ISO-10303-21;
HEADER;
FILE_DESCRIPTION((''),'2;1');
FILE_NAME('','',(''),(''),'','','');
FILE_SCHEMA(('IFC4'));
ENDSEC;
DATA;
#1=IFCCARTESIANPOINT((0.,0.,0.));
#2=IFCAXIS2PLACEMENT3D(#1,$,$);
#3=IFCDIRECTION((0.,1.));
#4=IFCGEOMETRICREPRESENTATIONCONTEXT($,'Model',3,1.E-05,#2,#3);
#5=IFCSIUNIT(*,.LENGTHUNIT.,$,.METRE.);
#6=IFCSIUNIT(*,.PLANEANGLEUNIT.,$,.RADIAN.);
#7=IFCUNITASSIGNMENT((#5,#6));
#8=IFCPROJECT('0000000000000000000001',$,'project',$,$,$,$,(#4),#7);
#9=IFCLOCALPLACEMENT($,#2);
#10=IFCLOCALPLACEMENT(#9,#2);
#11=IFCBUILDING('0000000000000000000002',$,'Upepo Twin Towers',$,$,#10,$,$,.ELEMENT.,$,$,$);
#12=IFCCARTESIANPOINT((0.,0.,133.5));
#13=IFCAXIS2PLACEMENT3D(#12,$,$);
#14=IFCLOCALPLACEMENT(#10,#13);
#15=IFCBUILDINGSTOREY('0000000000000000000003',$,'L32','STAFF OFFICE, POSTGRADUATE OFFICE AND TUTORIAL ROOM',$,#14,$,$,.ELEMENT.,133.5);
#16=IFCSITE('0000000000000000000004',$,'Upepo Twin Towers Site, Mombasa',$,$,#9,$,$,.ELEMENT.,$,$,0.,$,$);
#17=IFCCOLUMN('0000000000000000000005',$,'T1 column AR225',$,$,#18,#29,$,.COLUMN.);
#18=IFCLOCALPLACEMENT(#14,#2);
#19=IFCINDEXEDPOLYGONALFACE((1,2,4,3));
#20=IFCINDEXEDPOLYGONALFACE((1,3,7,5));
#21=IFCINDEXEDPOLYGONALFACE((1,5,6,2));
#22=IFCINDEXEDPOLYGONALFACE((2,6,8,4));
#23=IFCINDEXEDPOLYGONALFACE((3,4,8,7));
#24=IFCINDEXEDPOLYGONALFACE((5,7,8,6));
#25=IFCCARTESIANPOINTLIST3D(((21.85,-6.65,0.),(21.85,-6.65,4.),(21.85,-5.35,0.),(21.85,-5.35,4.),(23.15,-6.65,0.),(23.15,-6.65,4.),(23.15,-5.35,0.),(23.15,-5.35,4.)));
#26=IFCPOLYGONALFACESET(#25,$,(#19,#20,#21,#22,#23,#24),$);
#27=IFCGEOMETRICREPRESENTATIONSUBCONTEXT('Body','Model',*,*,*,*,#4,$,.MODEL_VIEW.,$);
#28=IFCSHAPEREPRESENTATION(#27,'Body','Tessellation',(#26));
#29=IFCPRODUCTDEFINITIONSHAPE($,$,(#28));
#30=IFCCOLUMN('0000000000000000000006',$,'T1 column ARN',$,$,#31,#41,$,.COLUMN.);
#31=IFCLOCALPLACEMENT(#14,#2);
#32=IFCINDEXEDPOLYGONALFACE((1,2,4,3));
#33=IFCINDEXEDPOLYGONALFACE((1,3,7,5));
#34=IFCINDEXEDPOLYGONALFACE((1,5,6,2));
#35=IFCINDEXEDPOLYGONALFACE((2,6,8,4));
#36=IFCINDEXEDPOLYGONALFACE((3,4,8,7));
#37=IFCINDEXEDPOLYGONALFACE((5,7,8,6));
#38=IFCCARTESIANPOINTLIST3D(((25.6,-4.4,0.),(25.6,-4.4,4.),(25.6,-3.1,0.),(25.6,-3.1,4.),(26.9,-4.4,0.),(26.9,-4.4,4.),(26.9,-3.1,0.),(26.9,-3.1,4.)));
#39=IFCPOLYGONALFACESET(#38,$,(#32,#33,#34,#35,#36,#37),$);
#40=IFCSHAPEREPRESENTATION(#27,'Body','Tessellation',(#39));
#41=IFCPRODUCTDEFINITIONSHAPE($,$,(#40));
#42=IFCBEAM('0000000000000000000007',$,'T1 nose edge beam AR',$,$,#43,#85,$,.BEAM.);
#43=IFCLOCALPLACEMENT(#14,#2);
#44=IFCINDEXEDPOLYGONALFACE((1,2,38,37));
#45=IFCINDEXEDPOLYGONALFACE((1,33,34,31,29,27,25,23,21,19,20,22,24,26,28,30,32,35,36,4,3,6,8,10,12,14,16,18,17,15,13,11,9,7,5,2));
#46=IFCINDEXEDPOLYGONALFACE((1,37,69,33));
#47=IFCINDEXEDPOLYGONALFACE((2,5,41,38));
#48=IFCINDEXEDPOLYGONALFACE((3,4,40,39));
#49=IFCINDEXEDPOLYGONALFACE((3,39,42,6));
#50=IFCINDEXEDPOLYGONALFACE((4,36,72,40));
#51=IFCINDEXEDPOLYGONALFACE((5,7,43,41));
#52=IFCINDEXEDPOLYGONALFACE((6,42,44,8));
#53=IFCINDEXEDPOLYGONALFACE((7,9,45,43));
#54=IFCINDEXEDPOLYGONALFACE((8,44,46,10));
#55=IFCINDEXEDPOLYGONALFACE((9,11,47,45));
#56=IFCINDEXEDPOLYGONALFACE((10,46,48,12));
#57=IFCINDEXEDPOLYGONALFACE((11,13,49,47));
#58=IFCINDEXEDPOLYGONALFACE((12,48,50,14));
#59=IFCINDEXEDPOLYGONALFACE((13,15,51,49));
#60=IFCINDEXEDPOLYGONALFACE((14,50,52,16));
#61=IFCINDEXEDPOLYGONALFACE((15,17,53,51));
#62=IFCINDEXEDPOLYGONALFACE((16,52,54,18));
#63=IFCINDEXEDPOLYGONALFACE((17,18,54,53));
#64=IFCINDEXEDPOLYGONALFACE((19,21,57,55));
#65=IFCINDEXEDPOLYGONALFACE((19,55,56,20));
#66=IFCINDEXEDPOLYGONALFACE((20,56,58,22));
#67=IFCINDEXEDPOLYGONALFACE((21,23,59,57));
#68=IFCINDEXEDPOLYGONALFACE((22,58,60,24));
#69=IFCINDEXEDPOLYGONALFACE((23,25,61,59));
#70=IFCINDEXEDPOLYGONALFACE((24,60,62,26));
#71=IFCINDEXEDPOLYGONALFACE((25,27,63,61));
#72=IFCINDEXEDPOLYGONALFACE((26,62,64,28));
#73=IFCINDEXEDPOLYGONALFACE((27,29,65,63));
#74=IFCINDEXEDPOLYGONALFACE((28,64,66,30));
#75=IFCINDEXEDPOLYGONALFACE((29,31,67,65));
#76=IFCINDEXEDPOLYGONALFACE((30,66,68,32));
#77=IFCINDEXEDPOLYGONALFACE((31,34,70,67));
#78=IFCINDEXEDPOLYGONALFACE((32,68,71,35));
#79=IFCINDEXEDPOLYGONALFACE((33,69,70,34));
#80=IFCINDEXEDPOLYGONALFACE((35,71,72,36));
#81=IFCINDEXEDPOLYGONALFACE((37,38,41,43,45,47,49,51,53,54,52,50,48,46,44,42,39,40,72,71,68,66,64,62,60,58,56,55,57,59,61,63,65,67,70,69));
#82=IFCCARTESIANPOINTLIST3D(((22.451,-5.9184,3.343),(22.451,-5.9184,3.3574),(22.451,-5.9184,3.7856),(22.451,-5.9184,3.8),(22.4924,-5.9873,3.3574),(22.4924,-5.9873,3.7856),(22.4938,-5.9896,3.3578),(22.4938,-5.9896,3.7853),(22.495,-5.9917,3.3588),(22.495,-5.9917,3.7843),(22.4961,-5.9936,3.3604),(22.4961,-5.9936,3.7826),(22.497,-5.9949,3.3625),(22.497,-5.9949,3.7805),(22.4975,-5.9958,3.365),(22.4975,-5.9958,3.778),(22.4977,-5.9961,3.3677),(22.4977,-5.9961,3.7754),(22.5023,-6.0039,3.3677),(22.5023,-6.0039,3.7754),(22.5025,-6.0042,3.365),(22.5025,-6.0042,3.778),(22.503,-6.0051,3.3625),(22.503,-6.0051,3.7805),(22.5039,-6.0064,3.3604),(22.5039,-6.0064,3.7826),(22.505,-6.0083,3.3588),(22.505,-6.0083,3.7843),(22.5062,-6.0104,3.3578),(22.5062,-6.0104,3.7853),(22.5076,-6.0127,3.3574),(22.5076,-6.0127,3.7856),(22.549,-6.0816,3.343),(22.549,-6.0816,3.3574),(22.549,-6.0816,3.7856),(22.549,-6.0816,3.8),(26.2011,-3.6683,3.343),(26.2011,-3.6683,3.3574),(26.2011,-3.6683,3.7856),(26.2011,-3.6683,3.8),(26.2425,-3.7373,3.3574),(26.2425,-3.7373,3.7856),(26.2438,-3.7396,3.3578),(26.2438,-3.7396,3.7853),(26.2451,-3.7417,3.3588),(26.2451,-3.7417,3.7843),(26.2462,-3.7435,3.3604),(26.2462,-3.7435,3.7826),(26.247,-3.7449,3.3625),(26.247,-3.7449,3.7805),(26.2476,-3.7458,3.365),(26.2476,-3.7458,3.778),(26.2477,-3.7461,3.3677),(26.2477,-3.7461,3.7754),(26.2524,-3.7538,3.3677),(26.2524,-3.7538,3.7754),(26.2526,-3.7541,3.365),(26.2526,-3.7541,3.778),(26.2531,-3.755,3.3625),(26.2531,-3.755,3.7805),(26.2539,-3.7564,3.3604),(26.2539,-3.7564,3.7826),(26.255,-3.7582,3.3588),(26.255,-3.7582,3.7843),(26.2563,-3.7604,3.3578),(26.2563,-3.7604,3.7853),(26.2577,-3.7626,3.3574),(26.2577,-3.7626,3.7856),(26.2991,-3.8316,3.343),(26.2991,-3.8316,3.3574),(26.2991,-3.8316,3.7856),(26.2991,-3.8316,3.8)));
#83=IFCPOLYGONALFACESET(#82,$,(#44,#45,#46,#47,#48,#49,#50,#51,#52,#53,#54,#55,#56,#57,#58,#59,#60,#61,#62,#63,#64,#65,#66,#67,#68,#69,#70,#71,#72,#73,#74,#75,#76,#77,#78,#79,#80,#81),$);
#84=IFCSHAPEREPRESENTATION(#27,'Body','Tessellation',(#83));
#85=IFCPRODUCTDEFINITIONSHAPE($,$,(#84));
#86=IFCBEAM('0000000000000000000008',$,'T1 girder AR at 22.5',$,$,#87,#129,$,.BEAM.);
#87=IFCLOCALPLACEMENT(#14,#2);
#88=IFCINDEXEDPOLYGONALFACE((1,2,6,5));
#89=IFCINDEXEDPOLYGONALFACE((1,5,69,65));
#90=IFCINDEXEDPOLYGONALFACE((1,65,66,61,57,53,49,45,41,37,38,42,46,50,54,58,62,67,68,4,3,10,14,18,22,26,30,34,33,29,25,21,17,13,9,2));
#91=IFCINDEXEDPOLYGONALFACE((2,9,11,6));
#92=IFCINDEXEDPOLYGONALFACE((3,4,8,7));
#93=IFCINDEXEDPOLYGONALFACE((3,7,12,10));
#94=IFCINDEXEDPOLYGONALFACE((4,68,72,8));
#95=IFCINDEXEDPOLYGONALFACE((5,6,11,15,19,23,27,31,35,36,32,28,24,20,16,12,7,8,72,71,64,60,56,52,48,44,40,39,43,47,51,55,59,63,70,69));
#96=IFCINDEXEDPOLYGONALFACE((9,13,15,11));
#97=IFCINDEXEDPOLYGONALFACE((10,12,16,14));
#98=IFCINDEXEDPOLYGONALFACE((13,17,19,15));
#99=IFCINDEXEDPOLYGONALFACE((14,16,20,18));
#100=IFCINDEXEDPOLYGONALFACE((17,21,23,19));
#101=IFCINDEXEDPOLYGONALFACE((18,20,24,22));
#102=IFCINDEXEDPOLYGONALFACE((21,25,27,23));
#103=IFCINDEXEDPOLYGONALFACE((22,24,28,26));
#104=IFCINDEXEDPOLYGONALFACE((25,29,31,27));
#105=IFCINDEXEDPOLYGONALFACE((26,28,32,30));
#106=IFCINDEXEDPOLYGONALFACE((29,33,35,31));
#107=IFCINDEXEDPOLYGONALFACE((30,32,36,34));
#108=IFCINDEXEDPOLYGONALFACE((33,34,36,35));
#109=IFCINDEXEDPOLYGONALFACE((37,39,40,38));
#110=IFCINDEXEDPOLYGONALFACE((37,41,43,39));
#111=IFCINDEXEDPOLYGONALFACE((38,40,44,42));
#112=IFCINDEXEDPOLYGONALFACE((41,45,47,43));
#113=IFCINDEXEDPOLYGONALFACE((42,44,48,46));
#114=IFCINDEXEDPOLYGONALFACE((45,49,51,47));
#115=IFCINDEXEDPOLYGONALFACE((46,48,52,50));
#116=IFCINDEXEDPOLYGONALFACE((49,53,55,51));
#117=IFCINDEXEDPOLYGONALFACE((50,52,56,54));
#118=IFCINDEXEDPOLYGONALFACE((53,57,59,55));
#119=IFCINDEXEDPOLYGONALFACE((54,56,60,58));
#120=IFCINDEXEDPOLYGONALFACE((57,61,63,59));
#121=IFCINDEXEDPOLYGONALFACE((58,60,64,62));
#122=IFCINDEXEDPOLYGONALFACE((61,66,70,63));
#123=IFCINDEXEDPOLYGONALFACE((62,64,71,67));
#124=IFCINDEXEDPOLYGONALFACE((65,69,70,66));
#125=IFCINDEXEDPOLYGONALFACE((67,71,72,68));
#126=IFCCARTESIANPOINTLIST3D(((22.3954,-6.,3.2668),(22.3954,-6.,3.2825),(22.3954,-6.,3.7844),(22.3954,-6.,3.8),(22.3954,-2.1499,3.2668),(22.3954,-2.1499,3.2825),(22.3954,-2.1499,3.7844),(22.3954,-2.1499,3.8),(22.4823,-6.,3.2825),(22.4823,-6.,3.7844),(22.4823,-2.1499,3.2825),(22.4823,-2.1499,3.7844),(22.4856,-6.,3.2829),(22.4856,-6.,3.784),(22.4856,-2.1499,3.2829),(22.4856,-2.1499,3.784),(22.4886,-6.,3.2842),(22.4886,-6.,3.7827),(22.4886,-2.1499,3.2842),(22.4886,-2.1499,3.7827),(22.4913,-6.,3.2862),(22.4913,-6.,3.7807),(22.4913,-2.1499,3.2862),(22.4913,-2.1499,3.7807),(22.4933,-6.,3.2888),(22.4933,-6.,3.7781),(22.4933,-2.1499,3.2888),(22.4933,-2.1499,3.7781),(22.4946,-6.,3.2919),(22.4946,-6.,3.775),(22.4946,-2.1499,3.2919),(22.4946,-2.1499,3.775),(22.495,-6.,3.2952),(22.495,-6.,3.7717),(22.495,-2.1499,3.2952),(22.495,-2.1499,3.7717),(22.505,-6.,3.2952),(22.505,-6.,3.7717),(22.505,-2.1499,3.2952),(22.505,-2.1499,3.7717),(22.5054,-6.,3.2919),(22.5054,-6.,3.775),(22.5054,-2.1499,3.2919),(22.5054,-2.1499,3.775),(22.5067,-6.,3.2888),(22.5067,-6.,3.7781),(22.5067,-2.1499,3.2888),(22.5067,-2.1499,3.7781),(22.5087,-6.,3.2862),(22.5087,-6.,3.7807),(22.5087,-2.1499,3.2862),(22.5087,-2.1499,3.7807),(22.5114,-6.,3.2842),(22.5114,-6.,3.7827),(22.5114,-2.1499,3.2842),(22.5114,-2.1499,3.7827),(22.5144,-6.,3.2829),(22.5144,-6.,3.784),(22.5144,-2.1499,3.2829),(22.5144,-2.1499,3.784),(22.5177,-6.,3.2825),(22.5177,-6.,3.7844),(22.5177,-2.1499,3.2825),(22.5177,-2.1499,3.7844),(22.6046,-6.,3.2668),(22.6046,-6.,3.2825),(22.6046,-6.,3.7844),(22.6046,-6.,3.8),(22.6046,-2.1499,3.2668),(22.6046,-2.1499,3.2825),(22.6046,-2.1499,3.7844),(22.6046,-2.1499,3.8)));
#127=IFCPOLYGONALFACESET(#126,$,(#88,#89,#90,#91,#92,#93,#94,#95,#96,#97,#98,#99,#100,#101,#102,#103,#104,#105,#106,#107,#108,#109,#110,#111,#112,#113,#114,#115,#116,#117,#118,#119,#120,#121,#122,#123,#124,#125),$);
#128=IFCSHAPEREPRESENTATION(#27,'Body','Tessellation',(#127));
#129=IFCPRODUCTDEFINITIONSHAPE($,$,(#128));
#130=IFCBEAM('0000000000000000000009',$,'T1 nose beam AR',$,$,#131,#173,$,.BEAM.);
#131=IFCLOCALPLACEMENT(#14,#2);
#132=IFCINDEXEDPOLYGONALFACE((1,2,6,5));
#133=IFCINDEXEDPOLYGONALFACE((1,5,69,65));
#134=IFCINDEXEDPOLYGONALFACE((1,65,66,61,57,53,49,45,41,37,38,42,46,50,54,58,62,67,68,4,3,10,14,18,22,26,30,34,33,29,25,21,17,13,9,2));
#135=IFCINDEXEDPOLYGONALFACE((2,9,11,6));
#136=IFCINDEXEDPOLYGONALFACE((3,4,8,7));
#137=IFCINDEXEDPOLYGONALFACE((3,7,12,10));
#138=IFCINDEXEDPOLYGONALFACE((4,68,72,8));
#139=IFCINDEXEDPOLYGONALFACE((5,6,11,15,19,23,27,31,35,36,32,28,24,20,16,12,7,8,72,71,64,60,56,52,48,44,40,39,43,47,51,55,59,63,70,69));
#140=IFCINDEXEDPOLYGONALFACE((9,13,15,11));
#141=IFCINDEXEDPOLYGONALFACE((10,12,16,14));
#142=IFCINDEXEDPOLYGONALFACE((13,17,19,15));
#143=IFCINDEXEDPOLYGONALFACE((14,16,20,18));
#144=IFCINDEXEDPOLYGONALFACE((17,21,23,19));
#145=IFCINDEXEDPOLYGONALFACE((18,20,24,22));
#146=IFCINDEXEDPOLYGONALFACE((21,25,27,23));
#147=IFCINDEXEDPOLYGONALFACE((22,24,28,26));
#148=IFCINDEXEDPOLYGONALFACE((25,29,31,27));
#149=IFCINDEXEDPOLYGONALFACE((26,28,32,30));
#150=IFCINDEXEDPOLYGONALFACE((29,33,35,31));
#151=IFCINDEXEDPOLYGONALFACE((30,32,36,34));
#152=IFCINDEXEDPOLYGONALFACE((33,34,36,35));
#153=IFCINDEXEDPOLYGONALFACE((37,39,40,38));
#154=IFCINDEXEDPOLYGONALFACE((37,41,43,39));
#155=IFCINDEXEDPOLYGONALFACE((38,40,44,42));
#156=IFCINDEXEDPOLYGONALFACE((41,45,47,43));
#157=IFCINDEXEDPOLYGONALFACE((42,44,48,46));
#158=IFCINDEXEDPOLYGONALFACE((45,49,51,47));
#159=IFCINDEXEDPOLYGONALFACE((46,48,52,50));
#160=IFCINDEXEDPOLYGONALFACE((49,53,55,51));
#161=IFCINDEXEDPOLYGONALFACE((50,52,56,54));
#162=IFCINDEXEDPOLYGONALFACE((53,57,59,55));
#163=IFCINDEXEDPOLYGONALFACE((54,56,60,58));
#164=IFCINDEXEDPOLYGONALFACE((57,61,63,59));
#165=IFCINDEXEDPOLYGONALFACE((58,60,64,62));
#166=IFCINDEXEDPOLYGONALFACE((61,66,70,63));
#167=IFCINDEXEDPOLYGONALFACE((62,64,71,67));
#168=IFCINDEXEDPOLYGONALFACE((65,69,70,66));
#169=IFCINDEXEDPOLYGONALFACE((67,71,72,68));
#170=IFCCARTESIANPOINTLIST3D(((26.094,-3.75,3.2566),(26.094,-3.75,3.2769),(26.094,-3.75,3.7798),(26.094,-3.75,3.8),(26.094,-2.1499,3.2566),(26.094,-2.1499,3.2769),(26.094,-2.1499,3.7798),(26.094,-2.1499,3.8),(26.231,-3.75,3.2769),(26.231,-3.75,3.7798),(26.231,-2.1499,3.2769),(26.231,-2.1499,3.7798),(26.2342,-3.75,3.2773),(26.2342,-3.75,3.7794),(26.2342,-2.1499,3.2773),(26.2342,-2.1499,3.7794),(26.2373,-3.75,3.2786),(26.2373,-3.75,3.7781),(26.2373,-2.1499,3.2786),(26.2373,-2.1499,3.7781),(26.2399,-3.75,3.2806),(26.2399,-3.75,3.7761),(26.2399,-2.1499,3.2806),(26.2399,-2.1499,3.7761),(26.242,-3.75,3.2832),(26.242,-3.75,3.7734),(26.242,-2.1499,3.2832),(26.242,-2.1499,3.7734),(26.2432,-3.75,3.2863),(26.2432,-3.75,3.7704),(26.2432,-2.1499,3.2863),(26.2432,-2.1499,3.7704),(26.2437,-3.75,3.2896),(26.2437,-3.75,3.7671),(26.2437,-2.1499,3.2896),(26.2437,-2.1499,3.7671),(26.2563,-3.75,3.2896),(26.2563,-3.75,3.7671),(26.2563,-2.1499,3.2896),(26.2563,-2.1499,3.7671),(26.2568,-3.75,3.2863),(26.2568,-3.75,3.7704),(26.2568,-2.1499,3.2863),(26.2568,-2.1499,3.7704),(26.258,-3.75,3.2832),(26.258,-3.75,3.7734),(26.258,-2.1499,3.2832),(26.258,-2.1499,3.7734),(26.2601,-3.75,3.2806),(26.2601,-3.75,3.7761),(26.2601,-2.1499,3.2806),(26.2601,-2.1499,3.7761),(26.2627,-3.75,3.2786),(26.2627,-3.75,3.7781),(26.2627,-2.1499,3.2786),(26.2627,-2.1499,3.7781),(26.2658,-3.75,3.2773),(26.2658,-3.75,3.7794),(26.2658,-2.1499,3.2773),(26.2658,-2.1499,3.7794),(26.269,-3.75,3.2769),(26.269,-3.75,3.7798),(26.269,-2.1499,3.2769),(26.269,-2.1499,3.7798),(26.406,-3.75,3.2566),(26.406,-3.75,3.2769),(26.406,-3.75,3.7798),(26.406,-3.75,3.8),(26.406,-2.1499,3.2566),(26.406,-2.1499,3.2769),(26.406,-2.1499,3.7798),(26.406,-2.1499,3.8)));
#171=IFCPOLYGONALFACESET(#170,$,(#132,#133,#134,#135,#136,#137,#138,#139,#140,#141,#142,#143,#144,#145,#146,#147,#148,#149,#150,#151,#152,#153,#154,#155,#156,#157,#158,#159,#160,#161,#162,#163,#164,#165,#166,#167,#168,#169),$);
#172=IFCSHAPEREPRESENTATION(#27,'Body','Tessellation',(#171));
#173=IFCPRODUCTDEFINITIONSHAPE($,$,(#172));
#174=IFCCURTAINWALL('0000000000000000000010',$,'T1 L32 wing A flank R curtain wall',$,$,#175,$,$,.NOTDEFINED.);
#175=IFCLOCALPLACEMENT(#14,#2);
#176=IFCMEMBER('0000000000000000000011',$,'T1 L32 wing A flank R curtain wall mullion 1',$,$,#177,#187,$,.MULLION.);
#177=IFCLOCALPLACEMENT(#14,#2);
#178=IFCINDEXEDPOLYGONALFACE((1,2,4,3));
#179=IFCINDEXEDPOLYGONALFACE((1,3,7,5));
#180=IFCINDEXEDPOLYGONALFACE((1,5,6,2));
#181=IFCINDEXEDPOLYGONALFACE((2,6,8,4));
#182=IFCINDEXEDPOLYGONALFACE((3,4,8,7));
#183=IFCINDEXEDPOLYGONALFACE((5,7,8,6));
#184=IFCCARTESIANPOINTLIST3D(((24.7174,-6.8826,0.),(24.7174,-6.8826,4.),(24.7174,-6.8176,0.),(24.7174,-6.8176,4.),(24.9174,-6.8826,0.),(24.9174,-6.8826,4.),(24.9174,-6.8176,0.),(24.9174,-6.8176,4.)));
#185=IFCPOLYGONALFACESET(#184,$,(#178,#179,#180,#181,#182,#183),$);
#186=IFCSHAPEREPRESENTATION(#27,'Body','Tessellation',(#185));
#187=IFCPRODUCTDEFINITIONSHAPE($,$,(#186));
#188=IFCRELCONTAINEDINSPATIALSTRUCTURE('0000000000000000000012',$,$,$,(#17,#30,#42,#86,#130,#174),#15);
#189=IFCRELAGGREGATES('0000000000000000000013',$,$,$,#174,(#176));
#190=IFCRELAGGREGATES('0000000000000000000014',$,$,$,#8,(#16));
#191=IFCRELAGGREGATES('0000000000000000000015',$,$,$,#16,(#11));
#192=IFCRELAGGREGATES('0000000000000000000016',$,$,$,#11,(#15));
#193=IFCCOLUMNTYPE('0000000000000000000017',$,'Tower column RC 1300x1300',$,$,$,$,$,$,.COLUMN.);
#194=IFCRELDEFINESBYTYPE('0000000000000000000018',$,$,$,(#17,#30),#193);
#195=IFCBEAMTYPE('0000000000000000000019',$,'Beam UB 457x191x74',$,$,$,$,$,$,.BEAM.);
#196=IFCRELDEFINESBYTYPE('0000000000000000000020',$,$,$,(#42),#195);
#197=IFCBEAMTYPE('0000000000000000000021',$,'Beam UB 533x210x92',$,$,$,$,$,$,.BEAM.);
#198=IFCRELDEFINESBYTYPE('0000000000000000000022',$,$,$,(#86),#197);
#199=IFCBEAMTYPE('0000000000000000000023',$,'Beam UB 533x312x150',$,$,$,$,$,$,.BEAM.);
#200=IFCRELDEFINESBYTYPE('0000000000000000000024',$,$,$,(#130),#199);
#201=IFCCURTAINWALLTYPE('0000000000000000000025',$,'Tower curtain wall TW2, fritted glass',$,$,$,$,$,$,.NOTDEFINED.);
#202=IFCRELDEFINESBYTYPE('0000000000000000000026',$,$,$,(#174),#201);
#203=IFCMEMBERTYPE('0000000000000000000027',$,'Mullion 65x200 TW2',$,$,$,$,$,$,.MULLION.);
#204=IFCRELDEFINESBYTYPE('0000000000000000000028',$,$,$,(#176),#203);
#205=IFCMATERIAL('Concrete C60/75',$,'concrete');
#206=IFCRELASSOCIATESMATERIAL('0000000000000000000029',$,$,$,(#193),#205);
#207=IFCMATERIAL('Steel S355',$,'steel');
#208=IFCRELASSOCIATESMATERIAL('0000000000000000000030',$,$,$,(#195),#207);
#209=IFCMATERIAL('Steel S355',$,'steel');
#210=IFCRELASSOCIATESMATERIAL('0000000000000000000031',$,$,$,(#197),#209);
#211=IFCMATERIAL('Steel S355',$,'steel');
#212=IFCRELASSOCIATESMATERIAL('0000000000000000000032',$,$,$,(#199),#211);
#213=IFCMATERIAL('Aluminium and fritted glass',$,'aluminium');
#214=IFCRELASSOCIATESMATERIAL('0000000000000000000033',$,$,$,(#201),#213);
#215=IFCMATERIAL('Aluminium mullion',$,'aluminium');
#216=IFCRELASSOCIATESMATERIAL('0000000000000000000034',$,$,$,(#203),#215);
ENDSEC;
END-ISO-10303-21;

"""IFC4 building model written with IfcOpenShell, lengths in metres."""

from ifc_helpers import new_model, si_unit, direction, frame, origin, origin_2d, place, context, subcontext, project, spatial, rectangle, i_section, extrude, material, material_profile, profile_set, type_object, element, aggregate, save


model = new_model("IFC4")

# Units and contexts
model_context = context("Model", 3, precision=1e-05, world=origin(), true_north=direction((0.0, 1.0)))
body_context = subcontext(model_context, "Body", "Model", "MODEL_VIEW")
ifc_project = project(units=[si_unit("LENGTHUNIT", "METRE"), si_unit("PLANEANGLEUNIT", "RADIAN")], contexts=[model_context])

# Site, building, storey
site_placement = place(None, origin())
site = spatial("IfcSite", under=ifc_project, at=site_placement, Name="Upepo Twin Towers Site, Mombasa", CompositionType="ELEMENT", RefElevation=0.0)
building_placement = place(site_placement, origin())
building = spatial("IfcBuilding", under=site, at=building_placement, Name="Upepo Twin Towers", CompositionType="ELEMENT")
storey_placement = place(building_placement, frame((0.0, 0.0, 133.5)))
storey = spatial("IfcBuildingStorey", under=building, at=storey_placement, Name="L32", Description="STAFF OFFICE, POSTGRADUATE OFFICE AND TUTORIAL ROOM", CompositionType="ELEMENT", Elevation=133.5)

# Columns
ifc_material_1 = material(Name="Concrete C60/75", Category="concrete")
ifc_material_profile_1 = material_profile(ifc_material_1, rectangle(XDim=1.3, YDim=1.3, at=origin_2d()), Name="RC 1300x1300")
ifc_profile_set_1 = profile_set([ifc_material_profile_1], Name="Concrete C60/75")
column_type = type_object("IfcColumnType", Name="Tower column RC 1300x1300", PredefinedType="COLUMN", material=ifc_profile_set_1)
for number, where, z_axis, x_axis, name in (
    (1, (22.5, -6.0, 0.0), (0.0, 0.0, 1.0), (1.0, 0.0, 0.0), "T1 column AR225"),
    (2, (26.25, -3.75, 0.0), (0.0, 0.0, 1.0), (1.0, 0.0, 0.0), "T1 column ARN"),
):
    element("IfcColumn", number, at=place(storey_placement, frame(where, z_axis=z_axis, x_axis=x_axis)), inside=storey, type_object=column_type, Name=name, PredefinedType="COLUMN", context=body_context, shape_type="SweptSolid", body=[
        extrude(rectangle(XDim=1.3, YDim=1.3, at=origin_2d()), origin(), (0.0, 0.0, 1.0), 4.0),
    ])

# Beams
ifc_material_2 = material(Name="Steel S355", Category="steel")
ifc_material_profile_2 = material_profile(ifc_material_2, i_section(OverallWidth=0.1904, OverallDepth=0.457, WebThickness=0.009, FlangeThickness=0.0144, FilletRadius=0.0103, at=origin_2d()), Name="UB 457x191x74")
ifc_profile_set_2 = profile_set([ifc_material_profile_2], Name="Steel S355")
beam_type_1 = type_object("IfcBeamType", Name="Beam UB 457x191x74", PredefinedType="BEAM", material=ifc_profile_set_2)
beam_1_placement = place(storey_placement, frame((22.5, -6.0, 3.5715), z_axis=(0.857493, 0.514496, 0.0), x_axis=(-0.514496, 0.857493, 0.0)))
element("IfcBeam", 3, at=beam_1_placement, inside=storey, type_object=beam_type_1, Name="T1 nose edge beam AR", PredefinedType="BEAM", context=body_context, shape_type="SweptSolid", body=[
    extrude(i_section(OverallWidth=0.1904, OverallDepth=0.457, WebThickness=0.009, FlangeThickness=0.0144, FilletRadius=0.0103, at=origin_2d()), origin(), (0.0, 0.0, 1.0), 4.3733),
])
ifc_material_3 = material(Name="Steel S355", Category="steel")
ifc_material_profile_3 = material_profile(ifc_material_3, i_section(OverallWidth=0.2092, OverallDepth=0.5332, WebThickness=0.01, FlangeThickness=0.0156, FilletRadius=0.0127, at=origin_2d()), Name="UB 533x210x92")
ifc_profile_set_3 = profile_set([ifc_material_profile_3], Name="Steel S355")
beam_type_2 = type_object("IfcBeamType", Name="Beam UB 533x210x92", PredefinedType="BEAM", material=ifc_profile_set_3)
beam_2_placement = place(storey_placement, frame((22.5, -6.0, 3.5334), z_axis=(0.0, 1.0, 0.0), x_axis=(-1.0, 0.0, 0.0)))
element("IfcBeam", 4, at=beam_2_placement, inside=storey, type_object=beam_type_2, Name="T1 girder AR at 22.5", PredefinedType="BEAM", context=body_context, shape_type="SweptSolid", body=[
    extrude(i_section(OverallWidth=0.2092, OverallDepth=0.5332, WebThickness=0.01, FlangeThickness=0.0156, FilletRadius=0.0127, at=origin_2d()), origin(), (0.0, 0.0, 1.0), 3.8501),
])
ifc_material_4 = material(Name="Steel S355", Category="steel")
ifc_material_profile_4 = material_profile(ifc_material_4, i_section(OverallWidth=0.312, OverallDepth=0.5435, WebThickness=0.0127, FlangeThickness=0.0203, FilletRadius=0.0127, at=origin_2d()), Name="UB 533x312x150")
ifc_profile_set_4 = profile_set([ifc_material_profile_4], Name="Steel S355")
beam_type_3 = type_object("IfcBeamType", Name="Beam UB 533x312x150", PredefinedType="BEAM", material=ifc_profile_set_4)
beam_3_placement = place(storey_placement, frame((26.25, -3.75, 3.5283), z_axis=(0.0, 1.0, 0.0), x_axis=(-1.0, 0.0, 0.0)))
element("IfcBeam", 5, at=beam_3_placement, inside=storey, type_object=beam_type_3, Name="T1 nose beam AR", PredefinedType="BEAM", context=body_context, shape_type="SweptSolid", body=[
    extrude(i_section(OverallWidth=0.312, OverallDepth=0.5435, WebThickness=0.0127, FlangeThickness=0.0203, FilletRadius=0.0127, at=origin_2d()), origin(), (0.0, 0.0, 1.0), 1.6001),
])

# Curtain wall, member
ifc_material_5 = material(Name="Aluminium and fritted glass", Category="aluminium")
curtain_wall_type = type_object("IfcCurtainWallType", Name="Tower curtain wall TW2, fritted glass", PredefinedType="NOTDEFINED", material=ifc_material_5)
curtain_wall_1_placement = place(storey_placement, origin())
curtain_wall_1 = element("IfcCurtainWall", 6, at=curtain_wall_1_placement, inside=storey, type_object=curtain_wall_type, Name="T1 L32 wing A flank R curtain wall", PredefinedType="NOTDEFINED")
ifc_material_6 = material(Name="Aluminium mullion", Category="aluminium")
ifc_material_profile_5 = material_profile(ifc_material_6, rectangle(XDim=0.0649, YDim=0.2, at=origin_2d()), Name="MULLION 65x200")
ifc_profile_set_5 = profile_set([ifc_material_profile_5], Name="Aluminium mullion")
member_type_1 = type_object("IfcMemberType", Name="Mullion 65x200 TW2", PredefinedType="MULLION", material=ifc_profile_set_5)
member_1_placement = place(storey_placement, frame((24.8174, -6.8501, 0.0), z_axis=(0.0, 0.0, 1.0), x_axis=(0.0, -1.0, 0.0)))
member_1 = element("IfcMember", 7, at=member_1_placement, type_object=member_type_1, Name="T1 L32 wing A flank R curtain wall mullion 1", PredefinedType="MULLION", context=body_context, shape_type="SweptSolid", body=[
    extrude(rectangle(XDim=0.0649, YDim=0.2, at=origin_2d()), origin(), (0.0, 0.0, 1.0), 4.0),
])

aggregate(curtain_wall_1, [member_1])

save(model, "model.ifc")
